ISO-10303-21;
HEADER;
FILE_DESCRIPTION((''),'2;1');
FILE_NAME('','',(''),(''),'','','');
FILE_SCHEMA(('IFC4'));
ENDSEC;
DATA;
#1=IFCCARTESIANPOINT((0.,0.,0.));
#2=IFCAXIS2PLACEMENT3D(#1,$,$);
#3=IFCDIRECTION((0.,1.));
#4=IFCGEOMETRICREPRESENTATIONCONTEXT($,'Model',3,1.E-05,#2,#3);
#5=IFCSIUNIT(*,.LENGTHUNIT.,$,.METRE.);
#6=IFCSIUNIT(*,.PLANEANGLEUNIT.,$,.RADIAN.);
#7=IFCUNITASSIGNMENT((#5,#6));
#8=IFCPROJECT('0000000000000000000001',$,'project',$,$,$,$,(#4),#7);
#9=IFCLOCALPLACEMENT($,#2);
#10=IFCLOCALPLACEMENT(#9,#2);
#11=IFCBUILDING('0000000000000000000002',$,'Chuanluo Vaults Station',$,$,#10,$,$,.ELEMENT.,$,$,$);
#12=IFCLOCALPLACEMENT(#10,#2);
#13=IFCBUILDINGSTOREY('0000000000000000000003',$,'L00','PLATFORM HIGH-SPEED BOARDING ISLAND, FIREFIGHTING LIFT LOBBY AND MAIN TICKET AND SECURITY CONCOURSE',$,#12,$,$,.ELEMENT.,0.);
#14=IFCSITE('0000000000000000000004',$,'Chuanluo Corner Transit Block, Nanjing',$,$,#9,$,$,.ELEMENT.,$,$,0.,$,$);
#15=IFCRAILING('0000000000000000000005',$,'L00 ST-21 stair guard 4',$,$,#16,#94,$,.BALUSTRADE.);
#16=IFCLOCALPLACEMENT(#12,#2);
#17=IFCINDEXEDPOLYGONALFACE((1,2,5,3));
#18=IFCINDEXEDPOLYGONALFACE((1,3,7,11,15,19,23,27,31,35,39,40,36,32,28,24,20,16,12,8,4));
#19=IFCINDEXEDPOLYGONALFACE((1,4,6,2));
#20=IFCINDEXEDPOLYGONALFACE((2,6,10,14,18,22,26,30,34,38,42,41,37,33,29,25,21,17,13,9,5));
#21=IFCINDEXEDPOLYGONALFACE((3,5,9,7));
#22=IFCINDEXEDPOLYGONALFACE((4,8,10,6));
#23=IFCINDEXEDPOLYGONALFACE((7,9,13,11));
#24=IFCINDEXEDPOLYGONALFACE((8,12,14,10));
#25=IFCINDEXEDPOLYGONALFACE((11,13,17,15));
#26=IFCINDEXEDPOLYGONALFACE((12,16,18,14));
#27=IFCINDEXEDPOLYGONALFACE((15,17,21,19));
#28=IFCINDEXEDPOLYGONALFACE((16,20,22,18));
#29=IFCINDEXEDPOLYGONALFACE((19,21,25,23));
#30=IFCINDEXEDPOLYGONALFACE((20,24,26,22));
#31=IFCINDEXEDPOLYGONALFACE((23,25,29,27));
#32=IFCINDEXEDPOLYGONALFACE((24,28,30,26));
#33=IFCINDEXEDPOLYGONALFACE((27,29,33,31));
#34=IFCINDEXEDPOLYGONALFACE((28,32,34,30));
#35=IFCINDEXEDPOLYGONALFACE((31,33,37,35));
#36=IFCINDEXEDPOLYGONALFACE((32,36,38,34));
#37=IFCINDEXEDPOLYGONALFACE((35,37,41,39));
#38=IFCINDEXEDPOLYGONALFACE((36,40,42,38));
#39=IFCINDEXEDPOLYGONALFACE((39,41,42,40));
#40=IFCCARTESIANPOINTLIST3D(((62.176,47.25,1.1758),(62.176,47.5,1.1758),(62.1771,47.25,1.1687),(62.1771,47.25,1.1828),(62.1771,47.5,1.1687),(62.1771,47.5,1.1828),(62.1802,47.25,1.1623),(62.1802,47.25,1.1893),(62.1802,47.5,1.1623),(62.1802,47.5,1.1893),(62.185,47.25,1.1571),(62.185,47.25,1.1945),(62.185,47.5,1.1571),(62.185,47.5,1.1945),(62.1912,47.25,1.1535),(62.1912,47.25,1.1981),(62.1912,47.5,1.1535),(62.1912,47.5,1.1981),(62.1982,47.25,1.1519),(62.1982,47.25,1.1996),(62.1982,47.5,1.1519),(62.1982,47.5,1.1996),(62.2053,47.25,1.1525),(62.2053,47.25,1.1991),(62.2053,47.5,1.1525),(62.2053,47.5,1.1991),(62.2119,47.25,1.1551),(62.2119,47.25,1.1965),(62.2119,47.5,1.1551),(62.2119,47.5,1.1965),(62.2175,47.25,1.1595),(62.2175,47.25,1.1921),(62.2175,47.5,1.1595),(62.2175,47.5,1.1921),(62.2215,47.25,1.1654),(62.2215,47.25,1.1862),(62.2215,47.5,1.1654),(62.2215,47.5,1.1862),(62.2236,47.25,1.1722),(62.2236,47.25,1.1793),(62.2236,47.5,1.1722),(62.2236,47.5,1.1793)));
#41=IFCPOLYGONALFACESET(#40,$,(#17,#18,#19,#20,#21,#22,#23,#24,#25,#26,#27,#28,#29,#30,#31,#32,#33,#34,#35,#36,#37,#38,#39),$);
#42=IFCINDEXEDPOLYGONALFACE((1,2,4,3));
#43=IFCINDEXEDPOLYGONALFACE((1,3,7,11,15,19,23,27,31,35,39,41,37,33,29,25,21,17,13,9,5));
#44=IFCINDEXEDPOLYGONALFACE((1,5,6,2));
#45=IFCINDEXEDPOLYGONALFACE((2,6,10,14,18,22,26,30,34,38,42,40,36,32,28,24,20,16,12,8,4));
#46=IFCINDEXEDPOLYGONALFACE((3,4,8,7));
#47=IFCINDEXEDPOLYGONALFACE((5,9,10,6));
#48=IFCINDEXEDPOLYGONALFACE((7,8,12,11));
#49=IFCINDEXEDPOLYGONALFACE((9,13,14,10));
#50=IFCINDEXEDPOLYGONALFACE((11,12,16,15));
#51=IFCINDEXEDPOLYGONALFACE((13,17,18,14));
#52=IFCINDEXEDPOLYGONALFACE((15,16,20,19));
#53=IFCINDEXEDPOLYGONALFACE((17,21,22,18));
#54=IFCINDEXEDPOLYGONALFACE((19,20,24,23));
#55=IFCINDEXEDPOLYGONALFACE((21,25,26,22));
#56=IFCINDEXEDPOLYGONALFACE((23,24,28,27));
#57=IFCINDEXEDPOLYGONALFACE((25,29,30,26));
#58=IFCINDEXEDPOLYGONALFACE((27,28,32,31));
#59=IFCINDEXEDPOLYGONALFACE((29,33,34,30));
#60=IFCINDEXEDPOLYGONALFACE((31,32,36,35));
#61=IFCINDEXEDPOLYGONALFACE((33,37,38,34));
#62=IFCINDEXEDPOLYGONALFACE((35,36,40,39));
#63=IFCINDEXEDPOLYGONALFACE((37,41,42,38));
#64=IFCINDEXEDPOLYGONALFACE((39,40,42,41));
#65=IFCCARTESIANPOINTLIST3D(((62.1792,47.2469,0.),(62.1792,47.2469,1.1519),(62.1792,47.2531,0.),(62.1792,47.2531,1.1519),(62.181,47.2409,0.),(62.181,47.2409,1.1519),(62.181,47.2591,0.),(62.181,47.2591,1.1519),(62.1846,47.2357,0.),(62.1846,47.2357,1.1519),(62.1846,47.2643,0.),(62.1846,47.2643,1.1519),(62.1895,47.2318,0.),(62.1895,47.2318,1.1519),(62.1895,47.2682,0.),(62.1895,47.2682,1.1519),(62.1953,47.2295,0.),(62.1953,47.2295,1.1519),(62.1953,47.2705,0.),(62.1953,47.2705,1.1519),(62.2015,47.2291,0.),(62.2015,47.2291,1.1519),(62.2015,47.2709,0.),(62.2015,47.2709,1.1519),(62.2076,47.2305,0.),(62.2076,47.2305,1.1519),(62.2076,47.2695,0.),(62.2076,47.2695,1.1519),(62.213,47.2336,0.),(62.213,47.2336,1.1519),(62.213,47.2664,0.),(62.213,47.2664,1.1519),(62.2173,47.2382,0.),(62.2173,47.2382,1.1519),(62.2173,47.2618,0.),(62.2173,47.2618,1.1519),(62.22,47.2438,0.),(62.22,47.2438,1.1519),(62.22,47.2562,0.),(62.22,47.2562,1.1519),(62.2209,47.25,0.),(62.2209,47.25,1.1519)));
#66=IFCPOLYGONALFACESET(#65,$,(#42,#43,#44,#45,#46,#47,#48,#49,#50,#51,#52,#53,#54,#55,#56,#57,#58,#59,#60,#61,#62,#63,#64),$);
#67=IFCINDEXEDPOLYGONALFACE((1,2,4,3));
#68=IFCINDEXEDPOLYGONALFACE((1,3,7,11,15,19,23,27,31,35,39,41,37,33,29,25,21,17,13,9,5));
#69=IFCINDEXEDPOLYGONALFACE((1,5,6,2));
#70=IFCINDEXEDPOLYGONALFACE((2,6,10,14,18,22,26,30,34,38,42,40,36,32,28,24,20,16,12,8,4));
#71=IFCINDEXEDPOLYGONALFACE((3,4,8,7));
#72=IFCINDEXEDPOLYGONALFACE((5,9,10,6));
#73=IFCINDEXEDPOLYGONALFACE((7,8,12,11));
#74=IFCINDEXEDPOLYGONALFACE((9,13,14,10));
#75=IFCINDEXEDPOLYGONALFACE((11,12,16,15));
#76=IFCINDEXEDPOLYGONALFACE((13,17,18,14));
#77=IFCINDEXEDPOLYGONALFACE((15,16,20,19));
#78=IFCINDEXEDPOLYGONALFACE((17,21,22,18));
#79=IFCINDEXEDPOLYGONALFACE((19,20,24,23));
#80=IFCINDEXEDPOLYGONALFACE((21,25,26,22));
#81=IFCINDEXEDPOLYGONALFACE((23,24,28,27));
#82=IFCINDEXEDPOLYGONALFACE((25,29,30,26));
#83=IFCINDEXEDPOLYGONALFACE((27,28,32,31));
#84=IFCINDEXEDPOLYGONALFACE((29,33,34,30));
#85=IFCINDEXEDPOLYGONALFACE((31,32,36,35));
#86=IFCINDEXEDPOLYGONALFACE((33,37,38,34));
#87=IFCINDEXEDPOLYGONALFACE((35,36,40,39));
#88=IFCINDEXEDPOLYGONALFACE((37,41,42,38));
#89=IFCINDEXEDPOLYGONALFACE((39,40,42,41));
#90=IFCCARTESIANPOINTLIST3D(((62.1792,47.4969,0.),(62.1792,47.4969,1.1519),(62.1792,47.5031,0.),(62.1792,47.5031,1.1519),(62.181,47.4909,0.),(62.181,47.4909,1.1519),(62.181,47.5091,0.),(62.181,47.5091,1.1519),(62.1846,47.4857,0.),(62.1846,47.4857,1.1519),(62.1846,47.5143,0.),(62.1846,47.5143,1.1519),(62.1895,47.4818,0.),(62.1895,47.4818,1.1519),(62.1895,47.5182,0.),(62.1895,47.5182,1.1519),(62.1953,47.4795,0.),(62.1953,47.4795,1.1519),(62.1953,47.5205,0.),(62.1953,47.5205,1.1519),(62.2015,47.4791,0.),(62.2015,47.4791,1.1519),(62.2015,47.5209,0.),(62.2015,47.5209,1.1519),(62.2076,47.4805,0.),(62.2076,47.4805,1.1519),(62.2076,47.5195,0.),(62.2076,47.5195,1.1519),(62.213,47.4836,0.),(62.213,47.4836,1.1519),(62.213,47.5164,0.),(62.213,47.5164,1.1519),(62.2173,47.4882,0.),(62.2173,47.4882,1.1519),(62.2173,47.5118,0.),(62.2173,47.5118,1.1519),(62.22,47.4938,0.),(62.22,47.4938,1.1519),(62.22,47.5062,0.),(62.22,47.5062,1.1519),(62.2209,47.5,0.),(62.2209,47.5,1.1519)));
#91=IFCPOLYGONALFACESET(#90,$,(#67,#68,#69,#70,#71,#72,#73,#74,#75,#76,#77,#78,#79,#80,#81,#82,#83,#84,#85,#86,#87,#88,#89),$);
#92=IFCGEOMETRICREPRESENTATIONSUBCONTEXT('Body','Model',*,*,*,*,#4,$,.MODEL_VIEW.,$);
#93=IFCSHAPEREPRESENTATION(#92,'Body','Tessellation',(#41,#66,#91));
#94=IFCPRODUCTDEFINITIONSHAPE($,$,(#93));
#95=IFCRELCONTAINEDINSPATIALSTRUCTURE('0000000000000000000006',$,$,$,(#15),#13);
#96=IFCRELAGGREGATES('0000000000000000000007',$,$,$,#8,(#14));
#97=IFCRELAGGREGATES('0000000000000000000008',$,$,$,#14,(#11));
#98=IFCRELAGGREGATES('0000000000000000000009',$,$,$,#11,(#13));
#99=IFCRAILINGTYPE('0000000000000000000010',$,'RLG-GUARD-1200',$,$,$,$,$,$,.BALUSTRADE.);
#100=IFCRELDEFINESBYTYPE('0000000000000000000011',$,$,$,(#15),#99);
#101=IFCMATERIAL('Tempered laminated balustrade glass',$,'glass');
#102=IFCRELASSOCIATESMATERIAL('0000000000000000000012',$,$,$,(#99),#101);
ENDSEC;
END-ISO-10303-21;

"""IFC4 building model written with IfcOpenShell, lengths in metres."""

from ifc_helpers import new_model, si_unit, direction, frame, origin, origin_2d, place, context, subcontext, project, spatial, circle, extrude, material, type_object, element, save


model = new_model("IFC4")

# Units and contexts
model_context = context("Model", 3, precision=1e-05, world=origin(), true_north=direction((0.0, 1.0)))
body_context = subcontext(model_context, "Body", "Model", "MODEL_VIEW")
ifc_project = project(units=[si_unit("LENGTHUNIT", "METRE"), si_unit("PLANEANGLEUNIT", "RADIAN")], contexts=[model_context])

# Site, building, storey
site_placement = place(None, origin())
site = spatial("IfcSite", under=ifc_project, at=site_placement, Name="Chuanluo Corner Transit Block, Nanjing", CompositionType="ELEMENT", RefElevation=0.0)
building_placement = place(site_placement, origin())
building = spatial("IfcBuilding", under=site, at=building_placement, Name="Chuanluo Vaults Station", CompositionType="ELEMENT")
storey_placement = place(building_placement, origin())
storey = spatial("IfcBuildingStorey", under=building, at=storey_placement, Name="L00", Description="PLATFORM HIGH-SPEED BOARDING ISLAND, FIREFIGHTING LIFT LOBBY AND MAIN TICKET AND SECURITY CONCOURSE", CompositionType="ELEMENT", Elevation=0.0)

# Railing
ifc_material_1 = material(Name="Tempered laminated balustrade glass", Category="glass")
railing_type_1 = type_object("IfcRailingType", Name="RLG-GUARD-1200", PredefinedType="BALUSTRADE", material=ifc_material_1)
railing_1_placement = place(storey_placement, frame((62.2, 47.25, 0.0)))
element("IfcRailing", 1, at=railing_1_placement, inside=storey, type_object=railing_type_1, Name="L00 ST-21 stair guard 4", PredefinedType="BALUSTRADE", context=body_context, shape_type="SweptSolid", body=[
    extrude(circle(Radius=0.0239, at=origin_2d()), frame((0.0, 0.0, 1.1758), z_axis=(0.0, 1.0, 0.0), x_axis=(-1.0, 0.0, 0.0)), (0.0, 0.0, 1.0), 0.25),
    extrude(circle(Radius=0.021, at=origin_2d()), origin(), (0.0, 0.0, 1.0), 1.1519),
    extrude(circle(Radius=0.021, at=origin_2d()), frame((0.0, 0.25, 0.0)), (0.0, 0.0, 1.0), 1.1519),
])

save(model, "model.ifc")
